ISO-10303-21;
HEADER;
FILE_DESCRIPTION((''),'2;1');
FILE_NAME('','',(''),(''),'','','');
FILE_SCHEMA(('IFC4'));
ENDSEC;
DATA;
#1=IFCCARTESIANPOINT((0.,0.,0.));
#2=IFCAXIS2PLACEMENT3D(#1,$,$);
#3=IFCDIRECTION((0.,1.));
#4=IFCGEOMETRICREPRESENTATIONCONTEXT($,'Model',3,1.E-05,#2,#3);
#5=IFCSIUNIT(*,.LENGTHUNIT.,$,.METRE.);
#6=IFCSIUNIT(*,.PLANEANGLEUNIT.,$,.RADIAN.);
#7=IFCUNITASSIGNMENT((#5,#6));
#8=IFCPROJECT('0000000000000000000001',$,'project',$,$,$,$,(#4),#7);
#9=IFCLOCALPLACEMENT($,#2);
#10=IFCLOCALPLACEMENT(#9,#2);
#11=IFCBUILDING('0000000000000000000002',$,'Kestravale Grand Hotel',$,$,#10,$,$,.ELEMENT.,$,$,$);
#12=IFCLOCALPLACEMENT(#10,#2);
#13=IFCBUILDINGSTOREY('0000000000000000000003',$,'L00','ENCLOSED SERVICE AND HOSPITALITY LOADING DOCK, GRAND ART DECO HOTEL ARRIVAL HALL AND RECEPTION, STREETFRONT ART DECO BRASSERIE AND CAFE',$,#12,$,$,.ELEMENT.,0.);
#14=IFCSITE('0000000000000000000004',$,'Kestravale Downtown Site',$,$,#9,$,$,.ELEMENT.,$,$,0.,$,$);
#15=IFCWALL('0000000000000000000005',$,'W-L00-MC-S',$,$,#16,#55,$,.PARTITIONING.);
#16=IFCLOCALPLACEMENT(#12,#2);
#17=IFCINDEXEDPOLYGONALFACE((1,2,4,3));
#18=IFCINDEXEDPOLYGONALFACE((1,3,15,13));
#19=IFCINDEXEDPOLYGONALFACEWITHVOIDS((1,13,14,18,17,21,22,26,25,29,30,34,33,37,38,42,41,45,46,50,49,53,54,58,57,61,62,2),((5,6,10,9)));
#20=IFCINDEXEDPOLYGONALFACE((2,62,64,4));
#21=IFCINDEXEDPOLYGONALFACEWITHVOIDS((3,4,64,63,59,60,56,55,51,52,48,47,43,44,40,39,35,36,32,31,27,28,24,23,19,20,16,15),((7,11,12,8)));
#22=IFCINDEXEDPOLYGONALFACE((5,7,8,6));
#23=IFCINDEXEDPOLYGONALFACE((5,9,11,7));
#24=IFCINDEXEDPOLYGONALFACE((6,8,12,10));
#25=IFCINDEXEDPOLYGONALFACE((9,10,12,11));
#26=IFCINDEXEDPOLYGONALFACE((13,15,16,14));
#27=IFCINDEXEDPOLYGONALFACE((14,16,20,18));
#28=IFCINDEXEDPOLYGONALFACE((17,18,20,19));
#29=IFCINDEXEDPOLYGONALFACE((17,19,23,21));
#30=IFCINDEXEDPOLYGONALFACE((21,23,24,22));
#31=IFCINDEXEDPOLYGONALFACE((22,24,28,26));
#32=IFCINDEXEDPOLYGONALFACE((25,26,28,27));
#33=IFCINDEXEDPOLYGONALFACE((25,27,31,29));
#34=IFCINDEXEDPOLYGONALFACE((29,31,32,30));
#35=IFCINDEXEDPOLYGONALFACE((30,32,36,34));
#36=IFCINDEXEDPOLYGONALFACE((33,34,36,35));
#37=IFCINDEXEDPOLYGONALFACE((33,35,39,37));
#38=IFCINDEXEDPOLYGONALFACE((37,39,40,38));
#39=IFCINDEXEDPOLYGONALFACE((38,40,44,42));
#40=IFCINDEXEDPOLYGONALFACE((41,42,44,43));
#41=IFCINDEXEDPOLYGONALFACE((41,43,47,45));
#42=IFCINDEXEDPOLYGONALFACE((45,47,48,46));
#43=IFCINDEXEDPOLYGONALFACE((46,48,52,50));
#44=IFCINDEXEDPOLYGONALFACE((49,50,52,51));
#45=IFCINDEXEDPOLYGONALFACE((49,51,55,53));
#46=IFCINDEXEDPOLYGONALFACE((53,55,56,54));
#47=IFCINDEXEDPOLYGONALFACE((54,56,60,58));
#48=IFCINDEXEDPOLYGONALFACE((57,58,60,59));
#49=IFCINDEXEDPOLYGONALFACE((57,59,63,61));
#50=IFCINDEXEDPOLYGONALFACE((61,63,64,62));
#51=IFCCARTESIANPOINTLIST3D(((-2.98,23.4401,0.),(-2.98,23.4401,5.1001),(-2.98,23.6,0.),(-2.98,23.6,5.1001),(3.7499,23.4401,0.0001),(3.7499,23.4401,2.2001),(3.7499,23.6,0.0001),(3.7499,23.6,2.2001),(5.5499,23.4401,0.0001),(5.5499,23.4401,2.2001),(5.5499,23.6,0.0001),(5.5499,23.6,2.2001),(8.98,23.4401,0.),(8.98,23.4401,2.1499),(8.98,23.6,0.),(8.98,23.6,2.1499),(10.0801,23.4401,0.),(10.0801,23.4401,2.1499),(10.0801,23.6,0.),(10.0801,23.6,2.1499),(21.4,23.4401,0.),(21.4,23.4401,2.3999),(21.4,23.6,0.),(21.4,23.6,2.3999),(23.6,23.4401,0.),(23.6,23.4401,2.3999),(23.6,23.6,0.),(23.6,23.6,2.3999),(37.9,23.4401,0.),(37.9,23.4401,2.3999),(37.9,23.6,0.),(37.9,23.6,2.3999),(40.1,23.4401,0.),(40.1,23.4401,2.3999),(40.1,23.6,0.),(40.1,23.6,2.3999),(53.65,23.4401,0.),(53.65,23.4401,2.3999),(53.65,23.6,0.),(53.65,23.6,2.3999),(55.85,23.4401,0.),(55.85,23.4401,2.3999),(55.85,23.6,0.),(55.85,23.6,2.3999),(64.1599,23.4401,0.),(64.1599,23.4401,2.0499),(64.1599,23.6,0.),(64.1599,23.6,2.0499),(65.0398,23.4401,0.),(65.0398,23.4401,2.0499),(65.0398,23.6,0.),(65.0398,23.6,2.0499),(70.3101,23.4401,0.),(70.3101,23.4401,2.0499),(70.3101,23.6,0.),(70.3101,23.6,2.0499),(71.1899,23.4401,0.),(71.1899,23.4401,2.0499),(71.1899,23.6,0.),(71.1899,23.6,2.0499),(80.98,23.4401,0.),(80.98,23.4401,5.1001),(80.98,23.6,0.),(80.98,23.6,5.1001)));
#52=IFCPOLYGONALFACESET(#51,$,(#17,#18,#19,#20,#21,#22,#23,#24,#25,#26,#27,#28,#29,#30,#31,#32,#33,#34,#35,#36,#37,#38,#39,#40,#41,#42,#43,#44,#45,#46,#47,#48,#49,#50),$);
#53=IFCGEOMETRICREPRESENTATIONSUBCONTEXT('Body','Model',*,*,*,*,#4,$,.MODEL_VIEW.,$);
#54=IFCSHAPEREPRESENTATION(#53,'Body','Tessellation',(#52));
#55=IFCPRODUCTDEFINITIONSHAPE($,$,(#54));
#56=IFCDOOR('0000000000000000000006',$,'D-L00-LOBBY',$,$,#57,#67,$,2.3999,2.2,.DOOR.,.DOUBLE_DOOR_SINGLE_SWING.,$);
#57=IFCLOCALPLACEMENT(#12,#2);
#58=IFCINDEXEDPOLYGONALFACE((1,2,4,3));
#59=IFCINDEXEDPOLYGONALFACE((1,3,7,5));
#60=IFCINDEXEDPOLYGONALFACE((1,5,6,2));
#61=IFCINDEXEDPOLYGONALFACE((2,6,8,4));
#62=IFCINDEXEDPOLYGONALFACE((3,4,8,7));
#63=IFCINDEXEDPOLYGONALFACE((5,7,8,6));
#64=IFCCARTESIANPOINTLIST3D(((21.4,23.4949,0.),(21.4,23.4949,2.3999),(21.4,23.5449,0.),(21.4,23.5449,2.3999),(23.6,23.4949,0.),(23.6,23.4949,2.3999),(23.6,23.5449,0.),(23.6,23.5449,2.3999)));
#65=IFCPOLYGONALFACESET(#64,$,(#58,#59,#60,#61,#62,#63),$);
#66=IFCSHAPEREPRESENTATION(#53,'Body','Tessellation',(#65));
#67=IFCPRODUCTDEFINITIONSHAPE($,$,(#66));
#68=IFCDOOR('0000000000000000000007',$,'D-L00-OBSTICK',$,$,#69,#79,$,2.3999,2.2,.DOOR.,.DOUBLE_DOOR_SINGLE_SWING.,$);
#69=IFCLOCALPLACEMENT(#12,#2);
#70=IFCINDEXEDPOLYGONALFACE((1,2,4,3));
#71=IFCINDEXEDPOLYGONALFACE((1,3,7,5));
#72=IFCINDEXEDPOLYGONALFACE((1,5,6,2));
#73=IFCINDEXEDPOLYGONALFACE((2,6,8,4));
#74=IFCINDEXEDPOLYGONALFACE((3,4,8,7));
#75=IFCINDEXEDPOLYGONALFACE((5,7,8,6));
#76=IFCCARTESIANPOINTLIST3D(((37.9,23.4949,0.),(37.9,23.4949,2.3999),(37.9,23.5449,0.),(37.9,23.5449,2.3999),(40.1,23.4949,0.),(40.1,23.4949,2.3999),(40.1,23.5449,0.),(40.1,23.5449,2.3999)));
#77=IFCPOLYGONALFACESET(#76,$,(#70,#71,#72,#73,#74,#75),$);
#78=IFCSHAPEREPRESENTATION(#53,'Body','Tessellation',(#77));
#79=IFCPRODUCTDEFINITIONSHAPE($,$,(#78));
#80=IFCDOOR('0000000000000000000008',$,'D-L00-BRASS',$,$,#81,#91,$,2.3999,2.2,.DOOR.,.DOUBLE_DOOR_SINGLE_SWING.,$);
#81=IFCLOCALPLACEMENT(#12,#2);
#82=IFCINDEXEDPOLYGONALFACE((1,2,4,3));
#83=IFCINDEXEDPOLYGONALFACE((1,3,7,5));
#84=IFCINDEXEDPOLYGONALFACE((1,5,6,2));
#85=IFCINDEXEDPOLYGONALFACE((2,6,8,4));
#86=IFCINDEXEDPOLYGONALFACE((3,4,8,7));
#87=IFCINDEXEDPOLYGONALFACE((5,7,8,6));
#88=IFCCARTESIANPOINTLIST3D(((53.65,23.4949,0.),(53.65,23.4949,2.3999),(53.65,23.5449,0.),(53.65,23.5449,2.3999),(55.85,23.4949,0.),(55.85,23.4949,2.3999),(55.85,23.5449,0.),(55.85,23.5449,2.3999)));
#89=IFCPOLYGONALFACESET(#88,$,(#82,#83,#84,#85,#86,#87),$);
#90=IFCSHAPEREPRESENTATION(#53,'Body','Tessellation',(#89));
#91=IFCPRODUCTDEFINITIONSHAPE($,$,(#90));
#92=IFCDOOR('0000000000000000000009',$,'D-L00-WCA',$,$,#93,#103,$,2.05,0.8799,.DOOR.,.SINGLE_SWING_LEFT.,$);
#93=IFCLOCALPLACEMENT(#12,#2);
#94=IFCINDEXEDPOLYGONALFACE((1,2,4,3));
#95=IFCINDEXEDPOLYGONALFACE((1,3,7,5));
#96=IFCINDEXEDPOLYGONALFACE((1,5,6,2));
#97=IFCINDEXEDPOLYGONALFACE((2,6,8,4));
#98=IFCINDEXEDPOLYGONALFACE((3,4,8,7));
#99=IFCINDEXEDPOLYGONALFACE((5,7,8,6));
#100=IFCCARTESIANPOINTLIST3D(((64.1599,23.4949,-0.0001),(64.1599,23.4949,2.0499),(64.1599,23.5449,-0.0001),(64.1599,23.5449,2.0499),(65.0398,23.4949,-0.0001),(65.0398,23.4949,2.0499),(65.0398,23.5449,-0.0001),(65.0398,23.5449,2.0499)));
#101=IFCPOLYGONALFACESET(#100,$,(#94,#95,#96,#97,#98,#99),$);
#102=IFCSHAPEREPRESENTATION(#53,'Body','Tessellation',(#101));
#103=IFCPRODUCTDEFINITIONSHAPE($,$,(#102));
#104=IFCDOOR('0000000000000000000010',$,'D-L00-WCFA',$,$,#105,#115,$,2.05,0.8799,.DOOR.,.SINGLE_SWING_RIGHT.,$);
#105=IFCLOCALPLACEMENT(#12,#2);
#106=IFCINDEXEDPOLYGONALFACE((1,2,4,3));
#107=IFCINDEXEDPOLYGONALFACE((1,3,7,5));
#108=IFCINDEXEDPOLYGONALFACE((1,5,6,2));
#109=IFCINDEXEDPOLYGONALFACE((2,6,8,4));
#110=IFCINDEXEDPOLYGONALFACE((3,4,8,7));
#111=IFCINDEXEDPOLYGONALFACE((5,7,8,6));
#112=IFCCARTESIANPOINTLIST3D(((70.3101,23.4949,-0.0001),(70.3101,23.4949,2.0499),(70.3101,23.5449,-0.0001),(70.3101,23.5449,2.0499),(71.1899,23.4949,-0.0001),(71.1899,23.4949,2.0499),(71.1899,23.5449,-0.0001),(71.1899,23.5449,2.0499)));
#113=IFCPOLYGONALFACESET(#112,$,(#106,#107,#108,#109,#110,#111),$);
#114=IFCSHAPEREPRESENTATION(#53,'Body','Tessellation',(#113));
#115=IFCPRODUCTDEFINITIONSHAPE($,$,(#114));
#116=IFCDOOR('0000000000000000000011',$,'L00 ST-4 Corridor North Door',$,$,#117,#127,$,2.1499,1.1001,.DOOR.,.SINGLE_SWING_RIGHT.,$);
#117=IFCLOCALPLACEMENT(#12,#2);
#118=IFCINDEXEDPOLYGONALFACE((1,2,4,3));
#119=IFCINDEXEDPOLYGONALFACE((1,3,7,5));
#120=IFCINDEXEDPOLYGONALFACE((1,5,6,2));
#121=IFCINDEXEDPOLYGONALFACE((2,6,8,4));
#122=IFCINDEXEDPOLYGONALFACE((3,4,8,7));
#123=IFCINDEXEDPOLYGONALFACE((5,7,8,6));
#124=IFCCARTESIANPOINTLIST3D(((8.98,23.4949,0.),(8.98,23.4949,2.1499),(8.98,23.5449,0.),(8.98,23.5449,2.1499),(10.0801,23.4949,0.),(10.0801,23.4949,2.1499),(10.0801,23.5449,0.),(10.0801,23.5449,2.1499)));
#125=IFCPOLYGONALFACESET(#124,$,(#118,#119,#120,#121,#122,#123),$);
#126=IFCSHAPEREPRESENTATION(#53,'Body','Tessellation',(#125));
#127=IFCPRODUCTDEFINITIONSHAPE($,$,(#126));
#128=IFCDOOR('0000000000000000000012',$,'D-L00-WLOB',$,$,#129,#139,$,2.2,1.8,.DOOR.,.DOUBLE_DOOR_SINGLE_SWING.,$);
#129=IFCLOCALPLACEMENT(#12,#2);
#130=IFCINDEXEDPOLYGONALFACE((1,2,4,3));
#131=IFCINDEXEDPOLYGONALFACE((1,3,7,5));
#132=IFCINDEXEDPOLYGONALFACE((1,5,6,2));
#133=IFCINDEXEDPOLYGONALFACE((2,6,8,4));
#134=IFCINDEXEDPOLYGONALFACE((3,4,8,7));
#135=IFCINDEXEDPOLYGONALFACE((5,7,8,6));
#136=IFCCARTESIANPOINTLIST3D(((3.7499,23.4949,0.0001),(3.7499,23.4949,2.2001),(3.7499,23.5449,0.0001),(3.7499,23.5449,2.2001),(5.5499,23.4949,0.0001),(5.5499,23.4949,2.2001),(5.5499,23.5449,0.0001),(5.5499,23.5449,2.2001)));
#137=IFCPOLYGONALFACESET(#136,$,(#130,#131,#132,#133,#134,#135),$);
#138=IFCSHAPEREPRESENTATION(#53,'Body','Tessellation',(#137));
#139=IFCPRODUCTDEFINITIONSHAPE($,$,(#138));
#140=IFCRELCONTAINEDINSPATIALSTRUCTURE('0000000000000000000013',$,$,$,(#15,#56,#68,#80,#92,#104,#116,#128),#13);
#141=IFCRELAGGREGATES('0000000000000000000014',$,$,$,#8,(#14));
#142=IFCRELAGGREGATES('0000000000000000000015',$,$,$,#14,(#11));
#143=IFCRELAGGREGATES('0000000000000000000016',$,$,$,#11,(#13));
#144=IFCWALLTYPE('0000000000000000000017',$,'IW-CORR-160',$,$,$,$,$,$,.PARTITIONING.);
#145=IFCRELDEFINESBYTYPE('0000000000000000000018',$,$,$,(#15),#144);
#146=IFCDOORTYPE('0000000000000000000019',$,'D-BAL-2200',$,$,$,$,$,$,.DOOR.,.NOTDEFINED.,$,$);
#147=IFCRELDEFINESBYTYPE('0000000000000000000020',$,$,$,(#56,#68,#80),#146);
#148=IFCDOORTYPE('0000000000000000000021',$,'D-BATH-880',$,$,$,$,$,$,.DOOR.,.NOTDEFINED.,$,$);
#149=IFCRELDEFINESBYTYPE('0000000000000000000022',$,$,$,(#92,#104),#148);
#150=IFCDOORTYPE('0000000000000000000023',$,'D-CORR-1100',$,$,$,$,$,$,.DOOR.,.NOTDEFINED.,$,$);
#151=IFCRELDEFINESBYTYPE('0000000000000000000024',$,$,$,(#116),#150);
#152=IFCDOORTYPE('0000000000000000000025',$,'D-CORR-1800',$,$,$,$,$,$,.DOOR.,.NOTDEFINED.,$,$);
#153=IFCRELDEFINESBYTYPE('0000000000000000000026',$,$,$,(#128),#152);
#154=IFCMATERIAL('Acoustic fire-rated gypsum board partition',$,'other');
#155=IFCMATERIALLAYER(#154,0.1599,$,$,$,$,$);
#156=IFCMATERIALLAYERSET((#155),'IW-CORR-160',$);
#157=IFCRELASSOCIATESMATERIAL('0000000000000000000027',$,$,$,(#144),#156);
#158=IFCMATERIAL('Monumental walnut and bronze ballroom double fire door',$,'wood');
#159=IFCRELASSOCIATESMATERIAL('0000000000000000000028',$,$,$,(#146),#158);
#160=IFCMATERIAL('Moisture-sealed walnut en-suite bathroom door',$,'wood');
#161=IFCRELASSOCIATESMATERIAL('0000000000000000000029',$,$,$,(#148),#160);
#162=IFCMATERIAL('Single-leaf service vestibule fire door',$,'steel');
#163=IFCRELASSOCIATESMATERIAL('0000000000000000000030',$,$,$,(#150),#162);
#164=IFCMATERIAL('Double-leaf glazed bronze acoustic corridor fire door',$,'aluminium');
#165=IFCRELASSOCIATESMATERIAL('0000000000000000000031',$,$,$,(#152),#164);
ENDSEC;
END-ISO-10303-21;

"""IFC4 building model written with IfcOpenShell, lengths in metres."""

from ifc_helpers import new_model, si_unit, direction, frame, frame_2d, origin, place, context, subcontext, project, spatial, rectangle, extrude, material, layer, layer_set, type_object, element, fill, save


model = new_model("IFC4")

# Units and contexts
model_context = context("Model", 3, precision=1e-05, world=origin(), true_north=direction((0.0, 1.0)))
body_context = subcontext(model_context, "Body", "Model", "MODEL_VIEW")
ifc_project = project(units=[si_unit("LENGTHUNIT", "METRE"), si_unit("PLANEANGLEUNIT", "RADIAN")], contexts=[model_context])

# Site, building, storey
site_placement = place(None, origin())
site = spatial("IfcSite", under=ifc_project, at=site_placement, Name="Kestravale Downtown Site", CompositionType="ELEMENT", RefElevation=0.0)
building_placement = place(site_placement, origin())
building = spatial("IfcBuilding", under=site, at=building_placement, Name="Kestravale Grand Hotel", CompositionType="ELEMENT")
storey_placement = place(building_placement, origin())
storey = spatial("IfcBuildingStorey", under=building, at=storey_placement, Name="L00", Description="ENCLOSED SERVICE AND HOSPITALITY LOADING DOCK, GRAND ART DECO HOTEL ARRIVAL HALL AND RECEPTION, STREETFRONT ART DECO BRASSERIE AND CAFE", CompositionType="ELEMENT", Elevation=0.0)

# Wall, openings, doors
ifc_material_1 = material(Name="Acoustic fire-rated gypsum board partition", Category="other")
ifc_layer = layer(ifc_material_1, 0.1599)
ifc_layer_set = layer_set([ifc_layer], Name="IW-CORR-160")
wall_type = type_object("IfcWallType", Name="IW-CORR-160", PredefinedType="PARTITIONING", material=ifc_layer_set)
wall_1_placement = place(storey_placement, frame((-2.98, 23.52, 0.0), z_axis=(0.0, 0.0, 1.0), x_axis=(1.0, 0.0, 0.0)))
wall_1 = element("IfcWall", 1, at=wall_1_placement, inside=storey, type_object=wall_type, Name="W-L00-MC-S", PredefinedType="PARTITIONING", context=body_context, shape_type="SweptSolid", body=[
    extrude(rectangle(XDim=83.96, YDim=0.1599, at=frame_2d((41.98, 0.0))), origin(), (0.0, 0.0, 1.0), 5.1001),
])
opening_1_placement = place(wall_1_placement, frame((11.96, 0.0, 0.0)))
opening_1 = element("IfcOpeningElement", 2, at=opening_1_placement, cuts=wall_1, PredefinedType="OPENING", context=body_context, shape_type="SweptSolid", body=[
    extrude(rectangle(XDim=1.1001, YDim=2.1499, at=frame_2d((0.55, 1.075))), frame((0.0, 0.0898, 0.0), z_axis=(0.0, -1.0, 0.0), x_axis=(1.0, 0.0, 0.0)), (0.0, 0.0, 1.0), 0.1799),
])
opening_2_placement = place(wall_1_placement, frame((6.73, 0.0, 0.0)))
opening_2 = element("IfcOpeningElement", 3, at=opening_2_placement, cuts=wall_1, PredefinedType="OPENING", context=body_context, shape_type="SweptSolid", body=[
    extrude(rectangle(XDim=1.8, YDim=2.2, at=frame_2d((0.8999, 1.1001))), frame((0.0, 0.0898, 0.0), z_axis=(0.0, -1.0, 0.0), x_axis=(1.0, 0.0, 0.0)), (0.0, 0.0, 1.0), 0.1799),
])
opening_3_placement = place(wall_1_placement, frame((24.3799, 0.0, 0.0)))
opening_3 = element("IfcOpeningElement", 4, at=opening_3_placement, cuts=wall_1, PredefinedType="OPENING", context=body_context, shape_type="SweptSolid", body=[
    extrude(rectangle(XDim=2.2, YDim=2.3999, at=frame_2d((1.1001, 1.2))), frame((0.0, 0.0898, 0.0), z_axis=(0.0, -1.0, 0.0), x_axis=(1.0, 0.0, 0.0)), (0.0, 0.0, 1.0), 0.1799),
])
opening_4_placement = place(wall_1_placement, frame((40.8799, 0.0, 0.0)))
opening_4 = element("IfcOpeningElement", 5, at=opening_4_placement, cuts=wall_1, PredefinedType="OPENING", context=body_context, shape_type="SweptSolid", body=[
    extrude(rectangle(XDim=2.2, YDim=2.3999, at=frame_2d((1.1001, 1.2))), frame((0.0, 0.0898, 0.0), z_axis=(0.0, -1.0, 0.0), x_axis=(1.0, 0.0, 0.0)), (0.0, 0.0, 1.0), 0.1799),
])
opening_5_placement = place(wall_1_placement, frame((56.6299, 0.0, 0.0)))
opening_5 = element("IfcOpeningElement", 6, at=opening_5_placement, cuts=wall_1, PredefinedType="OPENING", context=body_context, shape_type="SweptSolid", body=[
    extrude(rectangle(XDim=2.2, YDim=2.3999, at=frame_2d((1.1001, 1.2))), frame((0.0, 0.0898, 0.0), z_axis=(0.0, -1.0, 0.0), x_axis=(1.0, 0.0, 0.0)), (0.0, 0.0, 1.0), 0.1799),
])
opening_6_placement = place(wall_1_placement, frame((67.1399, 0.0, 0.0)))
opening_6 = element("IfcOpeningElement", 7, at=opening_6_placement, cuts=wall_1, PredefinedType="OPENING", context=body_context, shape_type="SweptSolid", body=[
    extrude(rectangle(XDim=0.8799, YDim=2.05, at=frame_2d((0.4399, 1.0249))), frame((0.0, 0.0898, 0.0), z_axis=(0.0, -1.0, 0.0), x_axis=(1.0, 0.0, 0.0)), (0.0, 0.0, 1.0), 0.1799),
])
opening_7_placement = place(wall_1_placement, frame((73.29, 0.0, 0.0)))
opening_7 = element("IfcOpeningElement", 8, at=opening_7_placement, cuts=wall_1, PredefinedType="OPENING", context=body_context, shape_type="SweptSolid", body=[
    extrude(rectangle(XDim=0.8799, YDim=2.05, at=frame_2d((0.4399, 1.0249))), frame((0.0, 0.0898, 0.0), z_axis=(0.0, -1.0, 0.0), x_axis=(1.0, 0.0, 0.0)), (0.0, 0.0, 1.0), 0.1799),
])
ifc_material_2 = material(Name="Monumental walnut and bronze ballroom double fire door", Category="wood")
door_type_1 = type_object("IfcDoorType", Name="D-BAL-2200", OperationType="NOTDEFINED", PredefinedType="DOOR", material=ifc_material_2)
door_1_placement = place(opening_3_placement, origin())
door_1 = element("IfcDoor", 9, at=door_1_placement, inside=storey, type_object=door_type_1, Name="D-L00-LOBBY", OperationType="DOUBLE_DOOR_SINGLE_SWING", OverallHeight=2.3999, OverallWidth=2.2, PredefinedType="DOOR", context=body_context, shape_type="SweptSolid", body=[
    extrude(rectangle(XDim=2.2, YDim=2.3999, at=frame_2d((1.1001, 1.2))), frame((0.0, 0.0249, 0.0), z_axis=(0.0, -1.0, 0.0), x_axis=(1.0, 0.0, 0.0)), (0.0, 0.0, 1.0), 0.05),
])
fill(opening_3, door_1)
door_2_placement = place(opening_4_placement, origin())
door_2 = element("IfcDoor", 10, at=door_2_placement, inside=storey, type_object=door_type_1, Name="D-L00-OBSTICK", OperationType="DOUBLE_DOOR_SINGLE_SWING", OverallHeight=2.3999, OverallWidth=2.2, PredefinedType="DOOR", context=body_context, shape_type="SweptSolid", body=[
    extrude(rectangle(XDim=2.2, YDim=2.3999, at=frame_2d((1.1001, 1.2))), frame((0.0, 0.0249, 0.0), z_axis=(0.0, -1.0, 0.0), x_axis=(1.0, 0.0, 0.0)), (0.0, 0.0, 1.0), 0.05),
])
fill(opening_4, door_2)
door_3_placement = place(opening_5_placement, origin())
door_3 = element("IfcDoor", 11, at=door_3_placement, inside=storey, type_object=door_type_1, Name="D-L00-BRASS", OperationType="DOUBLE_DOOR_SINGLE_SWING", OverallHeight=2.3999, OverallWidth=2.2, PredefinedType="DOOR", context=body_context, shape_type="SweptSolid", body=[
    extrude(rectangle(XDim=2.2, YDim=2.3999, at=frame_2d((1.1001, 1.2))), frame((0.0, 0.0249, 0.0), z_axis=(0.0, -1.0, 0.0), x_axis=(1.0, 0.0, 0.0)), (0.0, 0.0, 1.0), 0.05),
])
fill(opening_5, door_3)
ifc_material_3 = material(Name="Moisture-sealed walnut en-suite bathroom door", Category="wood")
door_type_2 = type_object("IfcDoorType", Name="D-BATH-880", OperationType="NOTDEFINED", PredefinedType="DOOR", material=ifc_material_3)
door_4_placement = place(opening_6_placement, origin())
door_4 = element("IfcDoor", 12, at=door_4_placement, inside=storey, type_object=door_type_2, Name="D-L00-WCA", OperationType="SINGLE_SWING_LEFT", OverallHeight=2.05, OverallWidth=0.8799, PredefinedType="DOOR", context=body_context, shape_type="SweptSolid", body=[
    extrude(rectangle(XDim=0.8799, YDim=2.05, at=frame_2d((0.4399, 1.0249))), frame((0.0, 0.0249, 0.0), z_axis=(0.0, -1.0, 0.0), x_axis=(1.0, 0.0, 0.0)), (0.0, 0.0, 1.0), 0.05),
])
fill(opening_6, door_4)
door_5_placement = place(opening_7_placement, origin())
door_5 = element("IfcDoor", 13, at=door_5_placement, inside=storey, type_object=door_type_2, Name="D-L00-WCFA", OperationType="SINGLE_SWING_RIGHT", OverallHeight=2.05, OverallWidth=0.8799, PredefinedType="DOOR", context=body_context, shape_type="SweptSolid", body=[
    extrude(rectangle(XDim=0.8799, YDim=2.05, at=frame_2d((0.4399, 1.0249))), frame((0.0, 0.0249, 0.0), z_axis=(0.0, -1.0, 0.0), x_axis=(1.0, 0.0, 0.0)), (0.0, 0.0, 1.0), 0.05),
])
fill(opening_7, door_5)
ifc_material_4 = material(Name="Single-leaf service vestibule fire door", Category="steel")
door_type_3 = type_object("IfcDoorType", Name="D-CORR-1100", OperationType="NOTDEFINED", PredefinedType="DOOR", material=ifc_material_4)
door_6_placement = place(opening_1_placement, origin())
door_6 = element("IfcDoor", 14, at=door_6_placement, inside=storey, type_object=door_type_3, Name="L00 ST-4 Corridor North Door", OperationType="SINGLE_SWING_RIGHT", OverallHeight=2.1499, OverallWidth=1.1001, PredefinedType="DOOR", context=body_context, shape_type="SweptSolid", body=[
    extrude(rectangle(XDim=1.1001, YDim=2.1499, at=frame_2d((0.55, 1.075))), frame((0.0, 0.0249, 0.0), z_axis=(0.0, -1.0, 0.0), x_axis=(1.0, 0.0, 0.0)), (0.0, 0.0, 1.0), 0.05),
])
fill(opening_1, door_6)
ifc_material_5 = material(Name="Double-leaf glazed bronze acoustic corridor fire door", Category="aluminium")
door_type_4 = type_object("IfcDoorType", Name="D-CORR-1800", OperationType="NOTDEFINED", PredefinedType="DOOR", material=ifc_material_5)
door_7_placement = place(opening_2_placement, origin())
door_7 = element("IfcDoor", 15, at=door_7_placement, inside=storey, type_object=door_type_4, Name="D-L00-WLOB", OperationType="DOUBLE_DOOR_SINGLE_SWING", OverallHeight=2.2, OverallWidth=1.8, PredefinedType="DOOR", context=body_context, shape_type="SweptSolid", body=[
    extrude(rectangle(XDim=1.8, YDim=2.2, at=frame_2d((0.8999, 1.1001))), frame((0.0, 0.0249, 0.0), z_axis=(0.0, -1.0, 0.0), x_axis=(1.0, 0.0, 0.0)), (0.0, 0.0, 1.0), 0.05),
])
fill(opening_2, door_7)

save(model, "model.ifc")
